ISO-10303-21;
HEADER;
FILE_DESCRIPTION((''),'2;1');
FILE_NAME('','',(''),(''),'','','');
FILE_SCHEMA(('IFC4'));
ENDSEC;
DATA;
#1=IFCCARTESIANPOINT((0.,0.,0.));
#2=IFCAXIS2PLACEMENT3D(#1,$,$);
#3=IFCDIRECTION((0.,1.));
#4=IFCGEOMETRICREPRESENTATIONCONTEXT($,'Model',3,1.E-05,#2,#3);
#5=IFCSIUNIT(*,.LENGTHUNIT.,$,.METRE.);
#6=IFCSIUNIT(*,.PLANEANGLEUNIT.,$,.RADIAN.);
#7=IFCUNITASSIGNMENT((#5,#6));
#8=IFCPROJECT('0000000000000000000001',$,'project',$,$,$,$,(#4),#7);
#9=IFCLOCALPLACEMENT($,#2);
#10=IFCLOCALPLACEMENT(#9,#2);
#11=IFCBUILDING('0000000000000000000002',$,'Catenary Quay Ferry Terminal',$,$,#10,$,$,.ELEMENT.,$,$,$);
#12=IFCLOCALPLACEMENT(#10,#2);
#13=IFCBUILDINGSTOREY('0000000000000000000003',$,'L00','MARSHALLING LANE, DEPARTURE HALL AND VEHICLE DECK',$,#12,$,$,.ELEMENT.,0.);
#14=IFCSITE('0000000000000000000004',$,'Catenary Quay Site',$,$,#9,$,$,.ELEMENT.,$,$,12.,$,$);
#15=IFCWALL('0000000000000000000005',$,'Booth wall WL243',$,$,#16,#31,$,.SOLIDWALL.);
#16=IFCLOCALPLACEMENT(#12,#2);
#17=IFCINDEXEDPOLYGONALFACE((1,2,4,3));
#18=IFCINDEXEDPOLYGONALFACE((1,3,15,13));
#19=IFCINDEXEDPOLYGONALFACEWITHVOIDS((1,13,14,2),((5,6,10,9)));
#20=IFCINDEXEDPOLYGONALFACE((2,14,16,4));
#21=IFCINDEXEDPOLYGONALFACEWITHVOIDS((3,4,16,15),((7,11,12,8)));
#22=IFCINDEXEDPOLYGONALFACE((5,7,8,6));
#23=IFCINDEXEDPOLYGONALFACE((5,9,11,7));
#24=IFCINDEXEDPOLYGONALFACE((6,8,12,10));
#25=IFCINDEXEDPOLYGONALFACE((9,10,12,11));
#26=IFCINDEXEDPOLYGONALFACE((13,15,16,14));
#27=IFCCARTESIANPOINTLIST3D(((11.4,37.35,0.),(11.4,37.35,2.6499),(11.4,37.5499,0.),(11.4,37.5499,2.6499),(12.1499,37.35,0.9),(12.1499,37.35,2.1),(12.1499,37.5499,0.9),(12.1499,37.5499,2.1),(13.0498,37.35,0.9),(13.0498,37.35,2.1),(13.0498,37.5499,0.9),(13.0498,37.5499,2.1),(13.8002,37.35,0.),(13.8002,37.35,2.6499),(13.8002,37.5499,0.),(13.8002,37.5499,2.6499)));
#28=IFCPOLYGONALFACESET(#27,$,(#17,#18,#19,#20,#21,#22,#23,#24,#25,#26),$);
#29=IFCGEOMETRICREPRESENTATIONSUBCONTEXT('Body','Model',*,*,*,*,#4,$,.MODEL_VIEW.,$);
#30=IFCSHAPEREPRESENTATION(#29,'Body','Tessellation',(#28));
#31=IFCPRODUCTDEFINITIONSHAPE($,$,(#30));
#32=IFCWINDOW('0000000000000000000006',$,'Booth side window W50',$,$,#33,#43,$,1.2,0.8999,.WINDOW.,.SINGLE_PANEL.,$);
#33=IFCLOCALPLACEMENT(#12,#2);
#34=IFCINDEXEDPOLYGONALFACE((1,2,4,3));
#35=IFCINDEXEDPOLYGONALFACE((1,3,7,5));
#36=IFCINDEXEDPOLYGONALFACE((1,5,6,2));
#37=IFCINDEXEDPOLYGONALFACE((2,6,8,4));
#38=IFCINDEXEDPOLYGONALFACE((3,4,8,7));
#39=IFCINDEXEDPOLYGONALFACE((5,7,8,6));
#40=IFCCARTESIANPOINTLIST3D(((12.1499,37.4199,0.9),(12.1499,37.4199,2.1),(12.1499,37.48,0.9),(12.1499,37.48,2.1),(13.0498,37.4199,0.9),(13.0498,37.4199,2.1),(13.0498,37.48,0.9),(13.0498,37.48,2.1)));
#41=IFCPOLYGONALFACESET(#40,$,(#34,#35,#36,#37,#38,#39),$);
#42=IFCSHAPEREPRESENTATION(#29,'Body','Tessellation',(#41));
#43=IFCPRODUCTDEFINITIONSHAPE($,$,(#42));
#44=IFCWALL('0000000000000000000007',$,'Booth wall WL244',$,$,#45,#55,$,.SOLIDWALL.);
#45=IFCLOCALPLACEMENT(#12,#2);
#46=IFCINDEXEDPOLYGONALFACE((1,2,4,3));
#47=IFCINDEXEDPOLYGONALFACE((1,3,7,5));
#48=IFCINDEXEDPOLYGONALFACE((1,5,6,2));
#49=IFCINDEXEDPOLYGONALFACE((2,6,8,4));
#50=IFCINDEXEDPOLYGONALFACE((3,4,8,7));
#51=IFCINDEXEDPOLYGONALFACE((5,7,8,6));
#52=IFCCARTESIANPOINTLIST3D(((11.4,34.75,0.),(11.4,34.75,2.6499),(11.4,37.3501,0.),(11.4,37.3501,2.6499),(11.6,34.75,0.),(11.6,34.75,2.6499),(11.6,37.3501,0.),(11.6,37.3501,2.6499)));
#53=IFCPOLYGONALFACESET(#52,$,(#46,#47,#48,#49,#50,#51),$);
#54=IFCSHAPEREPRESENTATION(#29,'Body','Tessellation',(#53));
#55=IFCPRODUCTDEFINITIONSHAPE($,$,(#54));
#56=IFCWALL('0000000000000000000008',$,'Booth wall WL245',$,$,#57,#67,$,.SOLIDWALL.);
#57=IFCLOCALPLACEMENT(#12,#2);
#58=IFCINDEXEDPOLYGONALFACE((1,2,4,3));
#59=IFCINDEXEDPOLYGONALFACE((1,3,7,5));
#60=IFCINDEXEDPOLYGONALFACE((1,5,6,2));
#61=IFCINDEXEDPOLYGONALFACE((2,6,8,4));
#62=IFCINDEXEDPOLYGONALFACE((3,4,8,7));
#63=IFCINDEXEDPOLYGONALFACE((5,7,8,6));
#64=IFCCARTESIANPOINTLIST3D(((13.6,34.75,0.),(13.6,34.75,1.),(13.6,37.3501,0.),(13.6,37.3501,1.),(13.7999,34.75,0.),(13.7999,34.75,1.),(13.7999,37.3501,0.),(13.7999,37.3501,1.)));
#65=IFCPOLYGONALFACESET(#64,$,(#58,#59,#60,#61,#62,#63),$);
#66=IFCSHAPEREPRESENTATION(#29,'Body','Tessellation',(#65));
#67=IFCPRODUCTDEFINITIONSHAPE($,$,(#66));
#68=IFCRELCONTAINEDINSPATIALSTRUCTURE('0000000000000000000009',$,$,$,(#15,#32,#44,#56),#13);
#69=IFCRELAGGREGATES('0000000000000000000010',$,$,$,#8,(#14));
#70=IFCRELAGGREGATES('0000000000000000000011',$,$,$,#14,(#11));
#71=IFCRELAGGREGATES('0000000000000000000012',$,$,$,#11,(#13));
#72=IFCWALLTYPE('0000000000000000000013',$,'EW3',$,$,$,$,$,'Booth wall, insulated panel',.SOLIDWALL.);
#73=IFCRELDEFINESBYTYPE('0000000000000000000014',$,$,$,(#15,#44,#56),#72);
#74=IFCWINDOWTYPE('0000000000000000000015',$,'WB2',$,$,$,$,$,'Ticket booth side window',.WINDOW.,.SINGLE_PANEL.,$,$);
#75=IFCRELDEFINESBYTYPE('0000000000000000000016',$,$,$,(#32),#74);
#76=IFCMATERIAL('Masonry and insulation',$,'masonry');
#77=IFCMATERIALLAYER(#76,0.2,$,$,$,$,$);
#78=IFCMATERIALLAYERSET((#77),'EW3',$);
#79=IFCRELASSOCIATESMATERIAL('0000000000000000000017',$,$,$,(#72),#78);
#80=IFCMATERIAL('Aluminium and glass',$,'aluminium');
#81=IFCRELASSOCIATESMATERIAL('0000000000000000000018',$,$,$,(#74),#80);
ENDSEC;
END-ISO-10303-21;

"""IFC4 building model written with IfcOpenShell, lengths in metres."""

from ifc_helpers import new_model, si_unit, direction, frame, frame_2d, origin, place, context, subcontext, project, spatial, rectangle, extrude, material, layer, layer_set, type_object, element, fill, save


model = new_model("IFC4")

# Units and contexts
model_context = context("Model", 3, precision=1e-05, world=origin(), true_north=direction((0.0, 1.0)))
body_context = subcontext(model_context, "Body", "Model", "MODEL_VIEW")
ifc_project = project(units=[si_unit("LENGTHUNIT", "METRE"), si_unit("PLANEANGLEUNIT", "RADIAN")], contexts=[model_context])

# Site, building, storey
site_placement = place(None, origin())
site = spatial("IfcSite", under=ifc_project, at=site_placement, Name="Catenary Quay Site", CompositionType="ELEMENT", RefElevation=12.0)
building_placement = place(site_placement, origin())
building = spatial("IfcBuilding", under=site, at=building_placement, Name="Catenary Quay Ferry Terminal", CompositionType="ELEMENT")
storey_placement = place(building_placement, origin())
storey = spatial("IfcBuildingStorey", under=building, at=storey_placement, Name="L00", Description="MARSHALLING LANE, DEPARTURE HALL AND VEHICLE DECK", CompositionType="ELEMENT", Elevation=0.0)

# Shared definitions
ifc_material_1 = material(Name="Masonry and insulation", Category="masonry")
ifc_layer_1 = layer(ifc_material_1, 0.2)
ifc_layer_set_1 = layer_set([ifc_layer_1], Name="EW3")
wall_type = type_object("IfcWallType", Name="EW3", ElementType="Booth wall, insulated panel", PredefinedType="SOLIDWALL", material=ifc_layer_set_1)

# Wall, opening, window
wall_1_placement = place(storey_placement, frame((11.3999, 37.45, 0.0), z_axis=(0.0, 0.0, 1.0), x_axis=(1.0, 0.0, 0.0)))
wall_1 = element("IfcWall", 1, at=wall_1_placement, inside=storey, type_object=wall_type, Name="Booth wall WL243", PredefinedType="SOLIDWALL", context=body_context, shape_type="SweptSolid", body=[
    extrude(rectangle(XDim=2.4001, YDim=0.2, at=frame_2d((1.2002, 0.0))), origin(), (0.0, 0.0, 1.0), 2.6499),
])
opening_1_placement = place(wall_1_placement, frame((0.75, 0.0, 0.8999)))
opening_1 = element("IfcOpeningElement", 2, at=opening_1_placement, cuts=wall_1, PredefinedType="OPENING", context=body_context, shape_type="SweptSolid", body=[
    extrude(rectangle(XDim=0.8999, YDim=1.2, at=frame_2d((0.45, 0.6001))), frame((0.0, 0.1099, 0.0), z_axis=(0.0, -1.0, 0.0), x_axis=(1.0, 0.0, 0.0)), (0.0, 0.0, 1.0), 0.22),
])
ifc_material_2 = material(Name="Aluminium and glass", Category="aluminium")
window_type = type_object("IfcWindowType", Name="WB2", ElementType="Ticket booth side window", PartitioningType="SINGLE_PANEL", PredefinedType="WINDOW", material=ifc_material_2)
window_placement = place(opening_1_placement, origin())
window = element("IfcWindow", 3, at=window_placement, inside=storey, type_object=window_type, Name="Booth side window W50", OverallHeight=1.2, OverallWidth=0.8999, PartitioningType="SINGLE_PANEL", PredefinedType="WINDOW", context=body_context, shape_type="SweptSolid", body=[
    extrude(rectangle(XDim=0.8999, YDim=1.2, at=frame_2d((0.45, 0.6001))), frame((0.0, 0.03, 0.0), z_axis=(0.0, -1.0, 0.0), x_axis=(1.0, 0.0, 0.0)), (0.0, 0.0, 1.0), 0.0601),
])
fill(opening_1, window)

# Walls
wall_2_placement = place(storey_placement, frame((11.5, 34.75, 0.0), z_axis=(0.0, 0.0, 1.0), x_axis=(0.0, 1.0, 0.0)))
element("IfcWall", 4, at=wall_2_placement, inside=storey, type_object=wall_type, Name="Booth wall WL244", PredefinedType="SOLIDWALL", context=body_context, shape_type="SweptSolid", body=[
    extrude(rectangle(XDim=2.6001, YDim=0.2, at=frame_2d((1.3, 0.0))), origin(), (0.0, 0.0, 1.0), 2.6499),
])
wall_3_placement = place(storey_placement, frame((13.7, 34.75, 0.0), z_axis=(0.0, 0.0, 1.0), x_axis=(0.0, 1.0, 0.0)))
element("IfcWall", 5, at=wall_3_placement, inside=storey, type_object=wall_type, Name="Booth wall WL245", PredefinedType="SOLIDWALL", context=body_context, shape_type="SweptSolid", body=[
    extrude(rectangle(XDim=2.6001, YDim=0.2, at=frame_2d((1.3, 0.0))), origin(), (0.0, 0.0, 1.0), 1.0),
])

save(model, "model.ifc")
